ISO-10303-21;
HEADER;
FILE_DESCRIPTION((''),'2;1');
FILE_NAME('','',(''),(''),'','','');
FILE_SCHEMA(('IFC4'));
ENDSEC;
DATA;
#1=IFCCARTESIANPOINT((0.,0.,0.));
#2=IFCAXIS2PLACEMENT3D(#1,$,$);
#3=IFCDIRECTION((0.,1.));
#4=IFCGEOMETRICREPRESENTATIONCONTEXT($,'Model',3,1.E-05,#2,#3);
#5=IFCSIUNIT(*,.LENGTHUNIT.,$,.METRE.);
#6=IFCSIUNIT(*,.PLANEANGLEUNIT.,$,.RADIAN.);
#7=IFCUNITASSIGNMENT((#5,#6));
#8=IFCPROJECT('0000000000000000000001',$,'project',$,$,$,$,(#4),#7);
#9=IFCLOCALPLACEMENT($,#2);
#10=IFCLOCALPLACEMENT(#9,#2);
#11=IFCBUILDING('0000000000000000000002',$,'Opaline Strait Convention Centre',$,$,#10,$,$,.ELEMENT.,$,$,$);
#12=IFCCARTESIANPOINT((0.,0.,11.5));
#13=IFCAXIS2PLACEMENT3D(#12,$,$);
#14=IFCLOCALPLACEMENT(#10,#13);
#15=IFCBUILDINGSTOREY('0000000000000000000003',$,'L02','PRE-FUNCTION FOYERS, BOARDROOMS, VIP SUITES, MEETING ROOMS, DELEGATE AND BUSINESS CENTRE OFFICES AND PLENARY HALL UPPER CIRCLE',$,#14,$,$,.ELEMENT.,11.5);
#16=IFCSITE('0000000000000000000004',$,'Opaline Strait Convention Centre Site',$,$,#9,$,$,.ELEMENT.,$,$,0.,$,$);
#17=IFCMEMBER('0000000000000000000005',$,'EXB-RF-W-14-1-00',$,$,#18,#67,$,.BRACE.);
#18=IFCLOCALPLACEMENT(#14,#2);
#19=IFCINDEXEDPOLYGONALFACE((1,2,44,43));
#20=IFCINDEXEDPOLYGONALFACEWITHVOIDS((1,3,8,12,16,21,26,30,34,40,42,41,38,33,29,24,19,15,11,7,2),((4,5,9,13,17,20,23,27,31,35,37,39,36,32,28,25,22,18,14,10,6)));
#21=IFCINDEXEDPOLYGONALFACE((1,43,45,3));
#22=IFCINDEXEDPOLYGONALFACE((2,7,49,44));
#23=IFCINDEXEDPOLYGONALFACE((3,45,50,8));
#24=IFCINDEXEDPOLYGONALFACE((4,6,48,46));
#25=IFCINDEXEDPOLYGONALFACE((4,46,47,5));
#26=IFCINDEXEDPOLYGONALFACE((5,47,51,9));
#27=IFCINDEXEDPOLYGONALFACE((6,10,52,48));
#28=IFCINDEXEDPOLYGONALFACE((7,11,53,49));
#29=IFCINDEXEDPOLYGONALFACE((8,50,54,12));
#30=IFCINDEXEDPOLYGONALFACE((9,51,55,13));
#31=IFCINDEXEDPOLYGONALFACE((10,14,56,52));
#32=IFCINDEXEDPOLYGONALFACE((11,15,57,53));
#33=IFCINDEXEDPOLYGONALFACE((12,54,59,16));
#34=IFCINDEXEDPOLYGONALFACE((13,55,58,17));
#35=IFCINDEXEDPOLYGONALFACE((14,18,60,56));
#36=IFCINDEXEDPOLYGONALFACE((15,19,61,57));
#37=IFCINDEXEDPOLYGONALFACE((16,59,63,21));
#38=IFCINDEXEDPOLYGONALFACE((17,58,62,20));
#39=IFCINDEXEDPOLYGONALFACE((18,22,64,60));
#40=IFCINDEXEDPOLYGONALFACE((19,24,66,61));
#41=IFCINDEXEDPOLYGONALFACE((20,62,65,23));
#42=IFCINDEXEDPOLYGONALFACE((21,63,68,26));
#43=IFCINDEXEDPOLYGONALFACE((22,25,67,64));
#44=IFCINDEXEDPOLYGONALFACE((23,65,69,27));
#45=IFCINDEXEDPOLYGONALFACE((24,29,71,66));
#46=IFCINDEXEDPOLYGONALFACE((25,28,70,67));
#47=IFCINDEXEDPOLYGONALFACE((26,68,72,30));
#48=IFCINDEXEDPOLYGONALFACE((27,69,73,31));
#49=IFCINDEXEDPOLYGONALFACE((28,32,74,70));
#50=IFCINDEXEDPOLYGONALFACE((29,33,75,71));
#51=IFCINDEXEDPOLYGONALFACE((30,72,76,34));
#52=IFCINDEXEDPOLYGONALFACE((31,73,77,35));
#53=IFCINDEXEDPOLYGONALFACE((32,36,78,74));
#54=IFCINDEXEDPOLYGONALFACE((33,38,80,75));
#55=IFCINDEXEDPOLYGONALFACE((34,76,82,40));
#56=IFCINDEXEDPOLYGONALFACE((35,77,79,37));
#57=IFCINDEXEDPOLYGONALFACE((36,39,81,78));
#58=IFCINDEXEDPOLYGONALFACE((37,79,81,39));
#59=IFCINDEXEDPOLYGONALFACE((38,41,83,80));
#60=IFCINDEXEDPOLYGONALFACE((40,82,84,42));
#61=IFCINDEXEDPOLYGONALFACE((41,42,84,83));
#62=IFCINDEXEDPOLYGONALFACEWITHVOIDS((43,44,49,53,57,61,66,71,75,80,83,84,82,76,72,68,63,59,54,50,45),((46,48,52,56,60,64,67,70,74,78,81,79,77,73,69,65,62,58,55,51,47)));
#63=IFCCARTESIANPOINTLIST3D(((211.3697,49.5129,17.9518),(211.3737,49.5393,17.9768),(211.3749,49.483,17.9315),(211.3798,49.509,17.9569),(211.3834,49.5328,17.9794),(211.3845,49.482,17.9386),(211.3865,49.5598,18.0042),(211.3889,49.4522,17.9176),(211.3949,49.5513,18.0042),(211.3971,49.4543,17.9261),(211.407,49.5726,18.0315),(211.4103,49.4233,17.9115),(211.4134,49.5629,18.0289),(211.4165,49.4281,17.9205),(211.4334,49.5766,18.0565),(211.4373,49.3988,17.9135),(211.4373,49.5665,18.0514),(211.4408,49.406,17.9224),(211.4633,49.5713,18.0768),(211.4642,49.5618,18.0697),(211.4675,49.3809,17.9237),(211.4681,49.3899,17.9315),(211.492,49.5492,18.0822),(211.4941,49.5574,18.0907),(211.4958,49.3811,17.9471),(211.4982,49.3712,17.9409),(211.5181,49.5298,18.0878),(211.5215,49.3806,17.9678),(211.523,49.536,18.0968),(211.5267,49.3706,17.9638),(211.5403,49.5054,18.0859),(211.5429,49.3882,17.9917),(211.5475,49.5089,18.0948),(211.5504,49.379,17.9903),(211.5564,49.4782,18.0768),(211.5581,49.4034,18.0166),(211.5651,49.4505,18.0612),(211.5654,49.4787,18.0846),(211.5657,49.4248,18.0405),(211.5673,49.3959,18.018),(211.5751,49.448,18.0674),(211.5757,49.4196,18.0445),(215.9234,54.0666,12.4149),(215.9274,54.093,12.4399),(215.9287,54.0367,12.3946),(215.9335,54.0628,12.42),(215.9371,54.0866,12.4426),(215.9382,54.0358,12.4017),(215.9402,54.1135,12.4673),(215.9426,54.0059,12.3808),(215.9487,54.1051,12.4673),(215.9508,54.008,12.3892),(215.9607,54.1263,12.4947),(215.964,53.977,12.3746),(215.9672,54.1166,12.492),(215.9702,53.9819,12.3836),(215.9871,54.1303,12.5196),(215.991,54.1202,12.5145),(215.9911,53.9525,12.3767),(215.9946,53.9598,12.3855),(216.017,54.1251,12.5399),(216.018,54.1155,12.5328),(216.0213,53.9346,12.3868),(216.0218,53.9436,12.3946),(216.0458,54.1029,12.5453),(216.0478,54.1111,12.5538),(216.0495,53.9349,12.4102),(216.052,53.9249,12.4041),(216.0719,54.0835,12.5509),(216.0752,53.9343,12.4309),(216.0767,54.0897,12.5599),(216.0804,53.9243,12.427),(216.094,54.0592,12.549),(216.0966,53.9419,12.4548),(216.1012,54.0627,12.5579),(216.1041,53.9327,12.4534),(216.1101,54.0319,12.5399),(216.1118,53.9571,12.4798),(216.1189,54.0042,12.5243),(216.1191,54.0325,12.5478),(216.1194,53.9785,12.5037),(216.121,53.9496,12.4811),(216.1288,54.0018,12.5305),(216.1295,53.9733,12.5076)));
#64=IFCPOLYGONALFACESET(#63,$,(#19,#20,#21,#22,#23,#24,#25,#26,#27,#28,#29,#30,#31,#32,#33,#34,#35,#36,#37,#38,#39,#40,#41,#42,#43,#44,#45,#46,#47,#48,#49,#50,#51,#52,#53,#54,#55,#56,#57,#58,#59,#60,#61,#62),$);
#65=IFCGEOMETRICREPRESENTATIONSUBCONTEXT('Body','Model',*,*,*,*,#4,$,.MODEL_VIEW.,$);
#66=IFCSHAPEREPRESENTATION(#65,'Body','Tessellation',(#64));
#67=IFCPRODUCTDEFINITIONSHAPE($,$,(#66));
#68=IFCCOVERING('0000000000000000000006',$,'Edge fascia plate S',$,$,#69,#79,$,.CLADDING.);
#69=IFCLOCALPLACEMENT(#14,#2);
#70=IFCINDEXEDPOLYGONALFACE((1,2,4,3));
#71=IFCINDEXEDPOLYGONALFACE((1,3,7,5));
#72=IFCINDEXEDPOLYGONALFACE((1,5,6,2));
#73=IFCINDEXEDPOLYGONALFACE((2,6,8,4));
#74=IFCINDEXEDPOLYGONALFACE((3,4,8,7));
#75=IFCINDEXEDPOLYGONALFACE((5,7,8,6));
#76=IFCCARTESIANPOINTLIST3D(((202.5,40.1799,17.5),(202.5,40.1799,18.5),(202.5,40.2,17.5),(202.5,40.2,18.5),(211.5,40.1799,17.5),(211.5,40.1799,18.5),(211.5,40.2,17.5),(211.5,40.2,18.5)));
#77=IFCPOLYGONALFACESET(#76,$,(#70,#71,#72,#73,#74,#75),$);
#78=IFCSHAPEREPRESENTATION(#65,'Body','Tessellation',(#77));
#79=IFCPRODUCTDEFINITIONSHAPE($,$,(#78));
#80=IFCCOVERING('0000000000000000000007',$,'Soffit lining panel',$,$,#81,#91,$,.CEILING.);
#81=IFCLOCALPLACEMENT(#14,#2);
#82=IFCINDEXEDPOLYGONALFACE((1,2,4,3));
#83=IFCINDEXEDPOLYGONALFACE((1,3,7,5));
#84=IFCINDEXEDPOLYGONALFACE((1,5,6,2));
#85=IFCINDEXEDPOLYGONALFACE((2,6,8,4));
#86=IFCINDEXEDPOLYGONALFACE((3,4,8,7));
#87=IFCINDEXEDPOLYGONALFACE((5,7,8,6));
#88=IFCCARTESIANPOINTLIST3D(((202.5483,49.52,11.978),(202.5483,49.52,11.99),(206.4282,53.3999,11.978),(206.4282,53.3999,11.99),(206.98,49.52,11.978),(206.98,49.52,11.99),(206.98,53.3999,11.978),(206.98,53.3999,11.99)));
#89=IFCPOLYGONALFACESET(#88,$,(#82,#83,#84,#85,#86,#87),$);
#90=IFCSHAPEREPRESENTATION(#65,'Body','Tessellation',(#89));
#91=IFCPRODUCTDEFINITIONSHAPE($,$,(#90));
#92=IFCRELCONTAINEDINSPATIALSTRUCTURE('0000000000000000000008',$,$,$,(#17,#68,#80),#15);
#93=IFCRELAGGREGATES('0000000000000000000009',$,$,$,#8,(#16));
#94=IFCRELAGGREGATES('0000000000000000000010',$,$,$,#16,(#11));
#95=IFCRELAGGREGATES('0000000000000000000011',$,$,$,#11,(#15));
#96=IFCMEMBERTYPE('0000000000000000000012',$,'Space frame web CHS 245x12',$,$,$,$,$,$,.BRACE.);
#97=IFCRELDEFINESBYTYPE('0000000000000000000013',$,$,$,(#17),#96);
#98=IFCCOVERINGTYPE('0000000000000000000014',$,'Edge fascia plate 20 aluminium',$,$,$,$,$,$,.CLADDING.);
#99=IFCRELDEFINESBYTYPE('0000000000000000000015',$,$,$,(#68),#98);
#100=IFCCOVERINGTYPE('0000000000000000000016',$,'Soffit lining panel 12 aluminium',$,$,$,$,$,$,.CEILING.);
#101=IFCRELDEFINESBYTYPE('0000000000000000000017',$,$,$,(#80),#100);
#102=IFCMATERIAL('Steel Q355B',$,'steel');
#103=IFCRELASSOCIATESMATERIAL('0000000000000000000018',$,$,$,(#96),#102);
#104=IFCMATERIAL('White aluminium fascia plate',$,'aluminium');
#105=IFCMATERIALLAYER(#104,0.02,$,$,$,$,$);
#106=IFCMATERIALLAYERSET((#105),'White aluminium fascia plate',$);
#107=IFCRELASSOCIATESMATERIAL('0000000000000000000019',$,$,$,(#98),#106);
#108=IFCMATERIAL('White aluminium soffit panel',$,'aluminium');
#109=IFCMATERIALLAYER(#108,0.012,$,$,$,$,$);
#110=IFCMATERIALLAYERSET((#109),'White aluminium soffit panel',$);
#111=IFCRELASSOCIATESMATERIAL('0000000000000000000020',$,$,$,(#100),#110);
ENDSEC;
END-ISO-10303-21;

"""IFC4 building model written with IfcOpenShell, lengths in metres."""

from ifc_helpers import new_model, si_unit, direction, frame, origin, origin_2d, place, context, subcontext, project, spatial, polyline, hollow_circle, outline, extrude, material, layer, layer_set, material_profile, profile_set, type_object, element, save


model = new_model("IFC4")

# Units and contexts
model_context = context("Model", 3, precision=1e-05, world=origin(), true_north=direction((0.0, 1.0)))
body_context = subcontext(model_context, "Body", "Model", "MODEL_VIEW")
ifc_project = project(units=[si_unit("LENGTHUNIT", "METRE"), si_unit("PLANEANGLEUNIT", "RADIAN")], contexts=[model_context])

# Site, building, storey
site_placement = place(None, origin())
site = spatial("IfcSite", under=ifc_project, at=site_placement, Name="Opaline Strait Convention Centre Site", CompositionType="ELEMENT", RefElevation=0.0)
building_placement = place(site_placement, origin())
building = spatial("IfcBuilding", under=site, at=building_placement, Name="Opaline Strait Convention Centre", CompositionType="ELEMENT")
storey_placement = place(building_placement, frame((0.0, 0.0, 11.5)))
storey = spatial("IfcBuildingStorey", under=building, at=storey_placement, Name="L02", Description="PRE-FUNCTION FOYERS, BOARDROOMS, VIP SUITES, MEETING ROOMS, DELEGATE AND BUSINESS CENTRE OFFICES AND PLENARY HALL UPPER CIRCLE", CompositionType="ELEMENT", Elevation=11.5)

# Member
ifc_material_1 = material(Name="Steel Q355B", Category="steel")
ifc_material_profile_1 = material_profile(ifc_material_1, hollow_circle(Radius=0.1226, WallThickness=0.012, at=origin_2d()), Name="CHS 245x12")
ifc_profile_set_1 = profile_set([ifc_material_profile_1], Name="Steel Q355B")
member_type_1 = type_object("IfcMemberType", Name="Space frame web CHS 245x12", PredefinedType="BRACE", material=ifc_profile_set_1)
member_1_placement = place(storey_placement, frame((211.4731, 49.4731, 18.0042), z_axis=(0.536178, 0.536178, -0.65194), x_axis=(-0.707107, 0.707107, 0.0)))
element("IfcMember", 1, at=member_1_placement, inside=storey, type_object=member_type_1, Name="EXB-RF-W-14-1-00", PredefinedType="BRACE", context=body_context, shape_type="SweptSolid", body=[
    extrude(hollow_circle(Radius=0.1226, WallThickness=0.012, at=origin_2d()), origin(), (0.0, 0.0, 1.0), 8.4929),
])

# Coverings
ifc_material_2 = material(Name="White aluminium fascia plate", Category="aluminium")
ifc_layer_1 = layer(ifc_material_2, 0.02)
ifc_layer_set_1 = layer_set([ifc_layer_1], Name="White aluminium fascia plate")
covering_type_1 = type_object("IfcCoveringType", Name="Edge fascia plate 20 aluminium", PredefinedType="CLADDING", material=ifc_layer_set_1)
covering_1_placement = place(storey_placement, frame((207.0, 40.2, 18.0), z_axis=(0.0, -1.0, 0.0), x_axis=(1.0, 0.0, 0.0)))
element("IfcCovering", 2, at=covering_1_placement, inside=storey, type_object=covering_type_1, Name="Edge fascia plate S", PredefinedType="CLADDING", context=body_context, shape_type="SweptSolid", body=[
    extrude(outline(polyline([(-4.5, 0.5), (4.5, 0.5), (4.5, -0.5), (-4.5, -0.5), (-4.5, 0.5)])), origin(), (0.0, 0.0, 1.0), 0.02),
])
ifc_material_3 = material(Name="White aluminium soffit panel", Category="aluminium")
ifc_layer_2 = layer(ifc_material_3, 0.012)
ifc_layer_set_2 = layer_set([ifc_layer_2], Name="White aluminium soffit panel")
covering_type_2 = type_object("IfcCoveringType", Name="Soffit lining panel 12 aluminium", PredefinedType="CEILING", material=ifc_layer_set_2)
covering_2_placement = place(storey_placement, frame((202.5483, 49.52, 11.99), z_axis=(0.0, 0.0, 1.0), x_axis=(0.707107, 0.707107, 0.0)))
element("IfcCovering", 3, at=covering_2_placement, inside=storey, type_object=covering_type_2, Name="Soffit lining panel", PredefinedType="CEILING", context=body_context, shape_type="SweptSolid", body=[
    extrude(outline(polyline([(0.0, 0.0), (5.487, 0.0), (5.8771, -0.3902), (3.1336, -3.1336), (0.0, 0.0)])), origin(), (0.0, 0.0, -1.0), 0.012),
])

save(model, "model.ifc")
